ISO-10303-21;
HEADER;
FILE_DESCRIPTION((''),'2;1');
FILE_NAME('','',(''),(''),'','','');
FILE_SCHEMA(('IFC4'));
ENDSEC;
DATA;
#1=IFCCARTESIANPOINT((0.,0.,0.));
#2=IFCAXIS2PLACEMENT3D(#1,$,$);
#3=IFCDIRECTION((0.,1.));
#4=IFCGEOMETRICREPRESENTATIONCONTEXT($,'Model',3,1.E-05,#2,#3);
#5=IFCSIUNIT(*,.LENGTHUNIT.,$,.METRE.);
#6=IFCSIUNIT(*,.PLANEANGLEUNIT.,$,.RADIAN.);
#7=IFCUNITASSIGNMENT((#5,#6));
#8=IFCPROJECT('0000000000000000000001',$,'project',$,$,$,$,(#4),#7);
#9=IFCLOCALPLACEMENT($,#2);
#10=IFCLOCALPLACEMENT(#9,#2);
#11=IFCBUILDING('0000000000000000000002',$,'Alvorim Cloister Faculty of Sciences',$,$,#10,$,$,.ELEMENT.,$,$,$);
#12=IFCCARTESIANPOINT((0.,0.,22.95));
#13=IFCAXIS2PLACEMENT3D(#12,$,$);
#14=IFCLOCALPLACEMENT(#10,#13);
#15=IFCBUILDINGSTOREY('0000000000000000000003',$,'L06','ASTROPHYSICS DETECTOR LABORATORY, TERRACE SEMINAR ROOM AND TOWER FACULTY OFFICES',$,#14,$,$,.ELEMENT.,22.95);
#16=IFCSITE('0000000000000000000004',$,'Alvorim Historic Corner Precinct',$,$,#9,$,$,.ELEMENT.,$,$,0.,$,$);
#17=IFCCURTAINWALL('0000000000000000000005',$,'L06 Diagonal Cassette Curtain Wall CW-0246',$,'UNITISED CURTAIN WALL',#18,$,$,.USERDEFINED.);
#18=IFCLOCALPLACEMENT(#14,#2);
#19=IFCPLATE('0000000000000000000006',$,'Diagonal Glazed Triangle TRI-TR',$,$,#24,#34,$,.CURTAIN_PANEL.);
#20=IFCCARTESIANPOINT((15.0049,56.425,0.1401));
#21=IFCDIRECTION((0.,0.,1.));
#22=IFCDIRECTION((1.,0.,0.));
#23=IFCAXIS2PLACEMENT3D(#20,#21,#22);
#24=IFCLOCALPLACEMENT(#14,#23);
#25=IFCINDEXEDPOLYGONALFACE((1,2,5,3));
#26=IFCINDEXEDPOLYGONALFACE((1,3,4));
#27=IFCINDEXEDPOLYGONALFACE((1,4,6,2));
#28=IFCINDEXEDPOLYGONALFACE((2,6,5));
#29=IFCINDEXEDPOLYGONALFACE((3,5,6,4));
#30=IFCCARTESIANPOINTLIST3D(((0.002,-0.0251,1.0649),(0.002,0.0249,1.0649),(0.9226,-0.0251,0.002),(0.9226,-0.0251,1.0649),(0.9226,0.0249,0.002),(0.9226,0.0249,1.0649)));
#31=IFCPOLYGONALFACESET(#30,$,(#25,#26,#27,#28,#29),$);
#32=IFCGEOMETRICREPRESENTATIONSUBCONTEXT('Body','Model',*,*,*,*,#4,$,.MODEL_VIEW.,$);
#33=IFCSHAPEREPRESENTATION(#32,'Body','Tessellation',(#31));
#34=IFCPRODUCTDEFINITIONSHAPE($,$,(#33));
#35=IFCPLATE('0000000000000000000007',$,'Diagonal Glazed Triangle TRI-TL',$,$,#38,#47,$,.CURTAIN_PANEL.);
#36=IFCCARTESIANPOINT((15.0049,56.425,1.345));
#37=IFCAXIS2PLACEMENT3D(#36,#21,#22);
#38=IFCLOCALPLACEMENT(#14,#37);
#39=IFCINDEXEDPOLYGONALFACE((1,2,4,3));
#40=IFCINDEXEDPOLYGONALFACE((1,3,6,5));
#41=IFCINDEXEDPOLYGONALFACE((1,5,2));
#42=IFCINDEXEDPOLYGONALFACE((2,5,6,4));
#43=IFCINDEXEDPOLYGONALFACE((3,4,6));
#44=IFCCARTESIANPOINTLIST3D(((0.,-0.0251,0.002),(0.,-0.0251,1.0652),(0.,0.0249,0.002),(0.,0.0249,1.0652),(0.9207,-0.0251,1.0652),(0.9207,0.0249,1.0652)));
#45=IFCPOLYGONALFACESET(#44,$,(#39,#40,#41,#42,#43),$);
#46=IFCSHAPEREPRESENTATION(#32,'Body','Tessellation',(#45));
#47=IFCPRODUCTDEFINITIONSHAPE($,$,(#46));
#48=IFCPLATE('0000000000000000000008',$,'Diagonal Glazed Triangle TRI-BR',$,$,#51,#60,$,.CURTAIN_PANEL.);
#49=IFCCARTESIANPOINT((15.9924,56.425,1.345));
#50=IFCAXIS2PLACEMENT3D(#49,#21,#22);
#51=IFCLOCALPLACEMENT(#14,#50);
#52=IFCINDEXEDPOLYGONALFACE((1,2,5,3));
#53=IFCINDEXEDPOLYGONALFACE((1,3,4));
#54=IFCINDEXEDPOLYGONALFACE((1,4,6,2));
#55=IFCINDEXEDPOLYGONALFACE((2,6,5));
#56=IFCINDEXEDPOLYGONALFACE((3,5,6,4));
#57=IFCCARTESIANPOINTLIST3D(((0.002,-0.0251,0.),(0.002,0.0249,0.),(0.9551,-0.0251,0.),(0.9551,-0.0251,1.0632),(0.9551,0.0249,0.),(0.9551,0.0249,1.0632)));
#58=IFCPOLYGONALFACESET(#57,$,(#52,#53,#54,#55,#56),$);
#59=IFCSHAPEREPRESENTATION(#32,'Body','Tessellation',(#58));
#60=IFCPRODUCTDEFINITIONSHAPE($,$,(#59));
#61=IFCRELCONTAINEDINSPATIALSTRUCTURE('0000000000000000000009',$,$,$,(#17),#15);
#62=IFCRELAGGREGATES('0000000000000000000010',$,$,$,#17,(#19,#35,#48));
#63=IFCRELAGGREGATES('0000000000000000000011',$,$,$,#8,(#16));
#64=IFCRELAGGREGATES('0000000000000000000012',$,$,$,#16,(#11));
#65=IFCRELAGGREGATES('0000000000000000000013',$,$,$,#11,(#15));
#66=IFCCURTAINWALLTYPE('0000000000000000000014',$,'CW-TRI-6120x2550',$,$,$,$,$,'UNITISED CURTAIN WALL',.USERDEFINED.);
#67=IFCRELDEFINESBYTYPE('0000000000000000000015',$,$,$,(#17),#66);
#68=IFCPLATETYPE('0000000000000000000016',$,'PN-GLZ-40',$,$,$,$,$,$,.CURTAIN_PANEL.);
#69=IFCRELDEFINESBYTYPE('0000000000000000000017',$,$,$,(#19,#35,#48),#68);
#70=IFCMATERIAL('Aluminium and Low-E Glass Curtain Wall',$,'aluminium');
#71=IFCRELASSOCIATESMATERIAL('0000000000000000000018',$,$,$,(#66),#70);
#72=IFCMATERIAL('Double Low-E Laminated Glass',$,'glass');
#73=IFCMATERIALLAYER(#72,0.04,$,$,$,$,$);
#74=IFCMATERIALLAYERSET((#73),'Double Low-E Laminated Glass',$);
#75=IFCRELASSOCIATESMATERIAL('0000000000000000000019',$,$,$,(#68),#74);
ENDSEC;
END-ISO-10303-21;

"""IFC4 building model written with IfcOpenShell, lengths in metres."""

from ifc_helpers import new_model, si_unit, direction, frame, origin, place, context, subcontext, project, spatial, polyline, outline, extrude, material, layer, layer_set, type_object, element, aggregate, save


model = new_model("IFC4")

# Units and contexts
model_context = context("Model", 3, precision=1e-05, world=origin(), true_north=direction((0.0, 1.0)))
body_context = subcontext(model_context, "Body", "Model", "MODEL_VIEW")
ifc_project = project(units=[si_unit("LENGTHUNIT", "METRE"), si_unit("PLANEANGLEUNIT", "RADIAN")], contexts=[model_context])

# Site, building, storey
site_placement = place(None, origin())
site = spatial("IfcSite", under=ifc_project, at=site_placement, Name="Alvorim Historic Corner Precinct", CompositionType="ELEMENT", RefElevation=0.0)
building_placement = place(site_placement, origin())
building = spatial("IfcBuilding", under=site, at=building_placement, Name="Alvorim Cloister Faculty of Sciences", CompositionType="ELEMENT")
storey_placement = place(building_placement, frame((0.0, 0.0, 22.95)))
storey = spatial("IfcBuildingStorey", under=building, at=storey_placement, Name="L06", Description="ASTROPHYSICS DETECTOR LABORATORY, TERRACE SEMINAR ROOM AND TOWER FACULTY OFFICES", CompositionType="ELEMENT", Elevation=22.95)

# Curtain wall, plates
ifc_material_1 = material(Name="Aluminium and Low-E Glass Curtain Wall", Category="aluminium")
curtain_wall_type = type_object("IfcCurtainWallType", Name="CW-TRI-6120x2550", ElementType="UNITISED CURTAIN WALL", PredefinedType="USERDEFINED", material=ifc_material_1)
curtain_wall_placement = place(storey_placement, origin())
curtain_wall = element("IfcCurtainWall", 1, at=curtain_wall_placement, inside=storey, type_object=curtain_wall_type, Name="L06 Diagonal Cassette Curtain Wall CW-0246", ObjectType="UNITISED CURTAIN WALL", PredefinedType="USERDEFINED")
ifc_material_2 = material(Name="Double Low-E Laminated Glass", Category="glass")
ifc_layer_1 = layer(ifc_material_2, 0.04)
ifc_layer_set_1 = layer_set([ifc_layer_1], Name="Double Low-E Laminated Glass")
plate_type = type_object("IfcPlateType", Name="PN-GLZ-40", PredefinedType="CURTAIN_PANEL", material=ifc_layer_set_1)
plate_1_placement = place(storey_placement, frame((15.0049, 56.425, 0.1401), z_axis=(0.0, 0.0, 1.0), x_axis=(1.0, 0.0, 0.0)))
plate_1 = element("IfcPlate", 2, at=plate_1_placement, type_object=plate_type, Name="Diagonal Glazed Triangle TRI-TR", PredefinedType="CURTAIN_PANEL", context=body_context, shape_type="SweptSolid", body=[
    extrude(outline(polyline([(0.9226, 0.002), (0.9226, 1.0649), (0.002, 1.0649), (0.9226, 0.002)])), frame((0.0, 0.0249, 0.0), z_axis=(0.0, -1.0, 0.0), x_axis=(1.0, 0.0, 0.0)), (0.0, 0.0, 1.0), 0.05),
])
plate_2_placement = place(storey_placement, frame((15.0049, 56.425, 1.345), z_axis=(0.0, 0.0, 1.0), x_axis=(1.0, 0.0, 0.0)))
plate_2 = element("IfcPlate", 3, at=plate_2_placement, type_object=plate_type, Name="Diagonal Glazed Triangle TRI-TL", PredefinedType="CURTAIN_PANEL", context=body_context, shape_type="SweptSolid", body=[
    extrude(outline(polyline([(0.9207, 1.0652), (0.0, 1.0652), (0.0, 0.002), (0.9207, 1.0652)])), frame((0.0, 0.0249, 0.0), z_axis=(0.0, -1.0, 0.0), x_axis=(1.0, 0.0, 0.0)), (0.0, 0.0, 1.0), 0.05),
])
plate_3_placement = place(storey_placement, frame((15.9924, 56.425, 1.345), z_axis=(0.0, 0.0, 1.0), x_axis=(1.0, 0.0, 0.0)))
plate_3 = element("IfcPlate", 4, at=plate_3_placement, type_object=plate_type, Name="Diagonal Glazed Triangle TRI-BR", PredefinedType="CURTAIN_PANEL", context=body_context, shape_type="SweptSolid", body=[
    extrude(outline(polyline([(0.002, 0.0), (0.9551, 0.0), (0.9551, 1.0632), (0.002, 0.0)])), frame((0.0, 0.0249, 0.0), z_axis=(0.0, -1.0, 0.0), x_axis=(1.0, 0.0, 0.0)), (0.0, 0.0, 1.0), 0.05),
])
aggregate(curtain_wall, [plate_1, plate_2, plate_3])

save(model, "model.ifc")
